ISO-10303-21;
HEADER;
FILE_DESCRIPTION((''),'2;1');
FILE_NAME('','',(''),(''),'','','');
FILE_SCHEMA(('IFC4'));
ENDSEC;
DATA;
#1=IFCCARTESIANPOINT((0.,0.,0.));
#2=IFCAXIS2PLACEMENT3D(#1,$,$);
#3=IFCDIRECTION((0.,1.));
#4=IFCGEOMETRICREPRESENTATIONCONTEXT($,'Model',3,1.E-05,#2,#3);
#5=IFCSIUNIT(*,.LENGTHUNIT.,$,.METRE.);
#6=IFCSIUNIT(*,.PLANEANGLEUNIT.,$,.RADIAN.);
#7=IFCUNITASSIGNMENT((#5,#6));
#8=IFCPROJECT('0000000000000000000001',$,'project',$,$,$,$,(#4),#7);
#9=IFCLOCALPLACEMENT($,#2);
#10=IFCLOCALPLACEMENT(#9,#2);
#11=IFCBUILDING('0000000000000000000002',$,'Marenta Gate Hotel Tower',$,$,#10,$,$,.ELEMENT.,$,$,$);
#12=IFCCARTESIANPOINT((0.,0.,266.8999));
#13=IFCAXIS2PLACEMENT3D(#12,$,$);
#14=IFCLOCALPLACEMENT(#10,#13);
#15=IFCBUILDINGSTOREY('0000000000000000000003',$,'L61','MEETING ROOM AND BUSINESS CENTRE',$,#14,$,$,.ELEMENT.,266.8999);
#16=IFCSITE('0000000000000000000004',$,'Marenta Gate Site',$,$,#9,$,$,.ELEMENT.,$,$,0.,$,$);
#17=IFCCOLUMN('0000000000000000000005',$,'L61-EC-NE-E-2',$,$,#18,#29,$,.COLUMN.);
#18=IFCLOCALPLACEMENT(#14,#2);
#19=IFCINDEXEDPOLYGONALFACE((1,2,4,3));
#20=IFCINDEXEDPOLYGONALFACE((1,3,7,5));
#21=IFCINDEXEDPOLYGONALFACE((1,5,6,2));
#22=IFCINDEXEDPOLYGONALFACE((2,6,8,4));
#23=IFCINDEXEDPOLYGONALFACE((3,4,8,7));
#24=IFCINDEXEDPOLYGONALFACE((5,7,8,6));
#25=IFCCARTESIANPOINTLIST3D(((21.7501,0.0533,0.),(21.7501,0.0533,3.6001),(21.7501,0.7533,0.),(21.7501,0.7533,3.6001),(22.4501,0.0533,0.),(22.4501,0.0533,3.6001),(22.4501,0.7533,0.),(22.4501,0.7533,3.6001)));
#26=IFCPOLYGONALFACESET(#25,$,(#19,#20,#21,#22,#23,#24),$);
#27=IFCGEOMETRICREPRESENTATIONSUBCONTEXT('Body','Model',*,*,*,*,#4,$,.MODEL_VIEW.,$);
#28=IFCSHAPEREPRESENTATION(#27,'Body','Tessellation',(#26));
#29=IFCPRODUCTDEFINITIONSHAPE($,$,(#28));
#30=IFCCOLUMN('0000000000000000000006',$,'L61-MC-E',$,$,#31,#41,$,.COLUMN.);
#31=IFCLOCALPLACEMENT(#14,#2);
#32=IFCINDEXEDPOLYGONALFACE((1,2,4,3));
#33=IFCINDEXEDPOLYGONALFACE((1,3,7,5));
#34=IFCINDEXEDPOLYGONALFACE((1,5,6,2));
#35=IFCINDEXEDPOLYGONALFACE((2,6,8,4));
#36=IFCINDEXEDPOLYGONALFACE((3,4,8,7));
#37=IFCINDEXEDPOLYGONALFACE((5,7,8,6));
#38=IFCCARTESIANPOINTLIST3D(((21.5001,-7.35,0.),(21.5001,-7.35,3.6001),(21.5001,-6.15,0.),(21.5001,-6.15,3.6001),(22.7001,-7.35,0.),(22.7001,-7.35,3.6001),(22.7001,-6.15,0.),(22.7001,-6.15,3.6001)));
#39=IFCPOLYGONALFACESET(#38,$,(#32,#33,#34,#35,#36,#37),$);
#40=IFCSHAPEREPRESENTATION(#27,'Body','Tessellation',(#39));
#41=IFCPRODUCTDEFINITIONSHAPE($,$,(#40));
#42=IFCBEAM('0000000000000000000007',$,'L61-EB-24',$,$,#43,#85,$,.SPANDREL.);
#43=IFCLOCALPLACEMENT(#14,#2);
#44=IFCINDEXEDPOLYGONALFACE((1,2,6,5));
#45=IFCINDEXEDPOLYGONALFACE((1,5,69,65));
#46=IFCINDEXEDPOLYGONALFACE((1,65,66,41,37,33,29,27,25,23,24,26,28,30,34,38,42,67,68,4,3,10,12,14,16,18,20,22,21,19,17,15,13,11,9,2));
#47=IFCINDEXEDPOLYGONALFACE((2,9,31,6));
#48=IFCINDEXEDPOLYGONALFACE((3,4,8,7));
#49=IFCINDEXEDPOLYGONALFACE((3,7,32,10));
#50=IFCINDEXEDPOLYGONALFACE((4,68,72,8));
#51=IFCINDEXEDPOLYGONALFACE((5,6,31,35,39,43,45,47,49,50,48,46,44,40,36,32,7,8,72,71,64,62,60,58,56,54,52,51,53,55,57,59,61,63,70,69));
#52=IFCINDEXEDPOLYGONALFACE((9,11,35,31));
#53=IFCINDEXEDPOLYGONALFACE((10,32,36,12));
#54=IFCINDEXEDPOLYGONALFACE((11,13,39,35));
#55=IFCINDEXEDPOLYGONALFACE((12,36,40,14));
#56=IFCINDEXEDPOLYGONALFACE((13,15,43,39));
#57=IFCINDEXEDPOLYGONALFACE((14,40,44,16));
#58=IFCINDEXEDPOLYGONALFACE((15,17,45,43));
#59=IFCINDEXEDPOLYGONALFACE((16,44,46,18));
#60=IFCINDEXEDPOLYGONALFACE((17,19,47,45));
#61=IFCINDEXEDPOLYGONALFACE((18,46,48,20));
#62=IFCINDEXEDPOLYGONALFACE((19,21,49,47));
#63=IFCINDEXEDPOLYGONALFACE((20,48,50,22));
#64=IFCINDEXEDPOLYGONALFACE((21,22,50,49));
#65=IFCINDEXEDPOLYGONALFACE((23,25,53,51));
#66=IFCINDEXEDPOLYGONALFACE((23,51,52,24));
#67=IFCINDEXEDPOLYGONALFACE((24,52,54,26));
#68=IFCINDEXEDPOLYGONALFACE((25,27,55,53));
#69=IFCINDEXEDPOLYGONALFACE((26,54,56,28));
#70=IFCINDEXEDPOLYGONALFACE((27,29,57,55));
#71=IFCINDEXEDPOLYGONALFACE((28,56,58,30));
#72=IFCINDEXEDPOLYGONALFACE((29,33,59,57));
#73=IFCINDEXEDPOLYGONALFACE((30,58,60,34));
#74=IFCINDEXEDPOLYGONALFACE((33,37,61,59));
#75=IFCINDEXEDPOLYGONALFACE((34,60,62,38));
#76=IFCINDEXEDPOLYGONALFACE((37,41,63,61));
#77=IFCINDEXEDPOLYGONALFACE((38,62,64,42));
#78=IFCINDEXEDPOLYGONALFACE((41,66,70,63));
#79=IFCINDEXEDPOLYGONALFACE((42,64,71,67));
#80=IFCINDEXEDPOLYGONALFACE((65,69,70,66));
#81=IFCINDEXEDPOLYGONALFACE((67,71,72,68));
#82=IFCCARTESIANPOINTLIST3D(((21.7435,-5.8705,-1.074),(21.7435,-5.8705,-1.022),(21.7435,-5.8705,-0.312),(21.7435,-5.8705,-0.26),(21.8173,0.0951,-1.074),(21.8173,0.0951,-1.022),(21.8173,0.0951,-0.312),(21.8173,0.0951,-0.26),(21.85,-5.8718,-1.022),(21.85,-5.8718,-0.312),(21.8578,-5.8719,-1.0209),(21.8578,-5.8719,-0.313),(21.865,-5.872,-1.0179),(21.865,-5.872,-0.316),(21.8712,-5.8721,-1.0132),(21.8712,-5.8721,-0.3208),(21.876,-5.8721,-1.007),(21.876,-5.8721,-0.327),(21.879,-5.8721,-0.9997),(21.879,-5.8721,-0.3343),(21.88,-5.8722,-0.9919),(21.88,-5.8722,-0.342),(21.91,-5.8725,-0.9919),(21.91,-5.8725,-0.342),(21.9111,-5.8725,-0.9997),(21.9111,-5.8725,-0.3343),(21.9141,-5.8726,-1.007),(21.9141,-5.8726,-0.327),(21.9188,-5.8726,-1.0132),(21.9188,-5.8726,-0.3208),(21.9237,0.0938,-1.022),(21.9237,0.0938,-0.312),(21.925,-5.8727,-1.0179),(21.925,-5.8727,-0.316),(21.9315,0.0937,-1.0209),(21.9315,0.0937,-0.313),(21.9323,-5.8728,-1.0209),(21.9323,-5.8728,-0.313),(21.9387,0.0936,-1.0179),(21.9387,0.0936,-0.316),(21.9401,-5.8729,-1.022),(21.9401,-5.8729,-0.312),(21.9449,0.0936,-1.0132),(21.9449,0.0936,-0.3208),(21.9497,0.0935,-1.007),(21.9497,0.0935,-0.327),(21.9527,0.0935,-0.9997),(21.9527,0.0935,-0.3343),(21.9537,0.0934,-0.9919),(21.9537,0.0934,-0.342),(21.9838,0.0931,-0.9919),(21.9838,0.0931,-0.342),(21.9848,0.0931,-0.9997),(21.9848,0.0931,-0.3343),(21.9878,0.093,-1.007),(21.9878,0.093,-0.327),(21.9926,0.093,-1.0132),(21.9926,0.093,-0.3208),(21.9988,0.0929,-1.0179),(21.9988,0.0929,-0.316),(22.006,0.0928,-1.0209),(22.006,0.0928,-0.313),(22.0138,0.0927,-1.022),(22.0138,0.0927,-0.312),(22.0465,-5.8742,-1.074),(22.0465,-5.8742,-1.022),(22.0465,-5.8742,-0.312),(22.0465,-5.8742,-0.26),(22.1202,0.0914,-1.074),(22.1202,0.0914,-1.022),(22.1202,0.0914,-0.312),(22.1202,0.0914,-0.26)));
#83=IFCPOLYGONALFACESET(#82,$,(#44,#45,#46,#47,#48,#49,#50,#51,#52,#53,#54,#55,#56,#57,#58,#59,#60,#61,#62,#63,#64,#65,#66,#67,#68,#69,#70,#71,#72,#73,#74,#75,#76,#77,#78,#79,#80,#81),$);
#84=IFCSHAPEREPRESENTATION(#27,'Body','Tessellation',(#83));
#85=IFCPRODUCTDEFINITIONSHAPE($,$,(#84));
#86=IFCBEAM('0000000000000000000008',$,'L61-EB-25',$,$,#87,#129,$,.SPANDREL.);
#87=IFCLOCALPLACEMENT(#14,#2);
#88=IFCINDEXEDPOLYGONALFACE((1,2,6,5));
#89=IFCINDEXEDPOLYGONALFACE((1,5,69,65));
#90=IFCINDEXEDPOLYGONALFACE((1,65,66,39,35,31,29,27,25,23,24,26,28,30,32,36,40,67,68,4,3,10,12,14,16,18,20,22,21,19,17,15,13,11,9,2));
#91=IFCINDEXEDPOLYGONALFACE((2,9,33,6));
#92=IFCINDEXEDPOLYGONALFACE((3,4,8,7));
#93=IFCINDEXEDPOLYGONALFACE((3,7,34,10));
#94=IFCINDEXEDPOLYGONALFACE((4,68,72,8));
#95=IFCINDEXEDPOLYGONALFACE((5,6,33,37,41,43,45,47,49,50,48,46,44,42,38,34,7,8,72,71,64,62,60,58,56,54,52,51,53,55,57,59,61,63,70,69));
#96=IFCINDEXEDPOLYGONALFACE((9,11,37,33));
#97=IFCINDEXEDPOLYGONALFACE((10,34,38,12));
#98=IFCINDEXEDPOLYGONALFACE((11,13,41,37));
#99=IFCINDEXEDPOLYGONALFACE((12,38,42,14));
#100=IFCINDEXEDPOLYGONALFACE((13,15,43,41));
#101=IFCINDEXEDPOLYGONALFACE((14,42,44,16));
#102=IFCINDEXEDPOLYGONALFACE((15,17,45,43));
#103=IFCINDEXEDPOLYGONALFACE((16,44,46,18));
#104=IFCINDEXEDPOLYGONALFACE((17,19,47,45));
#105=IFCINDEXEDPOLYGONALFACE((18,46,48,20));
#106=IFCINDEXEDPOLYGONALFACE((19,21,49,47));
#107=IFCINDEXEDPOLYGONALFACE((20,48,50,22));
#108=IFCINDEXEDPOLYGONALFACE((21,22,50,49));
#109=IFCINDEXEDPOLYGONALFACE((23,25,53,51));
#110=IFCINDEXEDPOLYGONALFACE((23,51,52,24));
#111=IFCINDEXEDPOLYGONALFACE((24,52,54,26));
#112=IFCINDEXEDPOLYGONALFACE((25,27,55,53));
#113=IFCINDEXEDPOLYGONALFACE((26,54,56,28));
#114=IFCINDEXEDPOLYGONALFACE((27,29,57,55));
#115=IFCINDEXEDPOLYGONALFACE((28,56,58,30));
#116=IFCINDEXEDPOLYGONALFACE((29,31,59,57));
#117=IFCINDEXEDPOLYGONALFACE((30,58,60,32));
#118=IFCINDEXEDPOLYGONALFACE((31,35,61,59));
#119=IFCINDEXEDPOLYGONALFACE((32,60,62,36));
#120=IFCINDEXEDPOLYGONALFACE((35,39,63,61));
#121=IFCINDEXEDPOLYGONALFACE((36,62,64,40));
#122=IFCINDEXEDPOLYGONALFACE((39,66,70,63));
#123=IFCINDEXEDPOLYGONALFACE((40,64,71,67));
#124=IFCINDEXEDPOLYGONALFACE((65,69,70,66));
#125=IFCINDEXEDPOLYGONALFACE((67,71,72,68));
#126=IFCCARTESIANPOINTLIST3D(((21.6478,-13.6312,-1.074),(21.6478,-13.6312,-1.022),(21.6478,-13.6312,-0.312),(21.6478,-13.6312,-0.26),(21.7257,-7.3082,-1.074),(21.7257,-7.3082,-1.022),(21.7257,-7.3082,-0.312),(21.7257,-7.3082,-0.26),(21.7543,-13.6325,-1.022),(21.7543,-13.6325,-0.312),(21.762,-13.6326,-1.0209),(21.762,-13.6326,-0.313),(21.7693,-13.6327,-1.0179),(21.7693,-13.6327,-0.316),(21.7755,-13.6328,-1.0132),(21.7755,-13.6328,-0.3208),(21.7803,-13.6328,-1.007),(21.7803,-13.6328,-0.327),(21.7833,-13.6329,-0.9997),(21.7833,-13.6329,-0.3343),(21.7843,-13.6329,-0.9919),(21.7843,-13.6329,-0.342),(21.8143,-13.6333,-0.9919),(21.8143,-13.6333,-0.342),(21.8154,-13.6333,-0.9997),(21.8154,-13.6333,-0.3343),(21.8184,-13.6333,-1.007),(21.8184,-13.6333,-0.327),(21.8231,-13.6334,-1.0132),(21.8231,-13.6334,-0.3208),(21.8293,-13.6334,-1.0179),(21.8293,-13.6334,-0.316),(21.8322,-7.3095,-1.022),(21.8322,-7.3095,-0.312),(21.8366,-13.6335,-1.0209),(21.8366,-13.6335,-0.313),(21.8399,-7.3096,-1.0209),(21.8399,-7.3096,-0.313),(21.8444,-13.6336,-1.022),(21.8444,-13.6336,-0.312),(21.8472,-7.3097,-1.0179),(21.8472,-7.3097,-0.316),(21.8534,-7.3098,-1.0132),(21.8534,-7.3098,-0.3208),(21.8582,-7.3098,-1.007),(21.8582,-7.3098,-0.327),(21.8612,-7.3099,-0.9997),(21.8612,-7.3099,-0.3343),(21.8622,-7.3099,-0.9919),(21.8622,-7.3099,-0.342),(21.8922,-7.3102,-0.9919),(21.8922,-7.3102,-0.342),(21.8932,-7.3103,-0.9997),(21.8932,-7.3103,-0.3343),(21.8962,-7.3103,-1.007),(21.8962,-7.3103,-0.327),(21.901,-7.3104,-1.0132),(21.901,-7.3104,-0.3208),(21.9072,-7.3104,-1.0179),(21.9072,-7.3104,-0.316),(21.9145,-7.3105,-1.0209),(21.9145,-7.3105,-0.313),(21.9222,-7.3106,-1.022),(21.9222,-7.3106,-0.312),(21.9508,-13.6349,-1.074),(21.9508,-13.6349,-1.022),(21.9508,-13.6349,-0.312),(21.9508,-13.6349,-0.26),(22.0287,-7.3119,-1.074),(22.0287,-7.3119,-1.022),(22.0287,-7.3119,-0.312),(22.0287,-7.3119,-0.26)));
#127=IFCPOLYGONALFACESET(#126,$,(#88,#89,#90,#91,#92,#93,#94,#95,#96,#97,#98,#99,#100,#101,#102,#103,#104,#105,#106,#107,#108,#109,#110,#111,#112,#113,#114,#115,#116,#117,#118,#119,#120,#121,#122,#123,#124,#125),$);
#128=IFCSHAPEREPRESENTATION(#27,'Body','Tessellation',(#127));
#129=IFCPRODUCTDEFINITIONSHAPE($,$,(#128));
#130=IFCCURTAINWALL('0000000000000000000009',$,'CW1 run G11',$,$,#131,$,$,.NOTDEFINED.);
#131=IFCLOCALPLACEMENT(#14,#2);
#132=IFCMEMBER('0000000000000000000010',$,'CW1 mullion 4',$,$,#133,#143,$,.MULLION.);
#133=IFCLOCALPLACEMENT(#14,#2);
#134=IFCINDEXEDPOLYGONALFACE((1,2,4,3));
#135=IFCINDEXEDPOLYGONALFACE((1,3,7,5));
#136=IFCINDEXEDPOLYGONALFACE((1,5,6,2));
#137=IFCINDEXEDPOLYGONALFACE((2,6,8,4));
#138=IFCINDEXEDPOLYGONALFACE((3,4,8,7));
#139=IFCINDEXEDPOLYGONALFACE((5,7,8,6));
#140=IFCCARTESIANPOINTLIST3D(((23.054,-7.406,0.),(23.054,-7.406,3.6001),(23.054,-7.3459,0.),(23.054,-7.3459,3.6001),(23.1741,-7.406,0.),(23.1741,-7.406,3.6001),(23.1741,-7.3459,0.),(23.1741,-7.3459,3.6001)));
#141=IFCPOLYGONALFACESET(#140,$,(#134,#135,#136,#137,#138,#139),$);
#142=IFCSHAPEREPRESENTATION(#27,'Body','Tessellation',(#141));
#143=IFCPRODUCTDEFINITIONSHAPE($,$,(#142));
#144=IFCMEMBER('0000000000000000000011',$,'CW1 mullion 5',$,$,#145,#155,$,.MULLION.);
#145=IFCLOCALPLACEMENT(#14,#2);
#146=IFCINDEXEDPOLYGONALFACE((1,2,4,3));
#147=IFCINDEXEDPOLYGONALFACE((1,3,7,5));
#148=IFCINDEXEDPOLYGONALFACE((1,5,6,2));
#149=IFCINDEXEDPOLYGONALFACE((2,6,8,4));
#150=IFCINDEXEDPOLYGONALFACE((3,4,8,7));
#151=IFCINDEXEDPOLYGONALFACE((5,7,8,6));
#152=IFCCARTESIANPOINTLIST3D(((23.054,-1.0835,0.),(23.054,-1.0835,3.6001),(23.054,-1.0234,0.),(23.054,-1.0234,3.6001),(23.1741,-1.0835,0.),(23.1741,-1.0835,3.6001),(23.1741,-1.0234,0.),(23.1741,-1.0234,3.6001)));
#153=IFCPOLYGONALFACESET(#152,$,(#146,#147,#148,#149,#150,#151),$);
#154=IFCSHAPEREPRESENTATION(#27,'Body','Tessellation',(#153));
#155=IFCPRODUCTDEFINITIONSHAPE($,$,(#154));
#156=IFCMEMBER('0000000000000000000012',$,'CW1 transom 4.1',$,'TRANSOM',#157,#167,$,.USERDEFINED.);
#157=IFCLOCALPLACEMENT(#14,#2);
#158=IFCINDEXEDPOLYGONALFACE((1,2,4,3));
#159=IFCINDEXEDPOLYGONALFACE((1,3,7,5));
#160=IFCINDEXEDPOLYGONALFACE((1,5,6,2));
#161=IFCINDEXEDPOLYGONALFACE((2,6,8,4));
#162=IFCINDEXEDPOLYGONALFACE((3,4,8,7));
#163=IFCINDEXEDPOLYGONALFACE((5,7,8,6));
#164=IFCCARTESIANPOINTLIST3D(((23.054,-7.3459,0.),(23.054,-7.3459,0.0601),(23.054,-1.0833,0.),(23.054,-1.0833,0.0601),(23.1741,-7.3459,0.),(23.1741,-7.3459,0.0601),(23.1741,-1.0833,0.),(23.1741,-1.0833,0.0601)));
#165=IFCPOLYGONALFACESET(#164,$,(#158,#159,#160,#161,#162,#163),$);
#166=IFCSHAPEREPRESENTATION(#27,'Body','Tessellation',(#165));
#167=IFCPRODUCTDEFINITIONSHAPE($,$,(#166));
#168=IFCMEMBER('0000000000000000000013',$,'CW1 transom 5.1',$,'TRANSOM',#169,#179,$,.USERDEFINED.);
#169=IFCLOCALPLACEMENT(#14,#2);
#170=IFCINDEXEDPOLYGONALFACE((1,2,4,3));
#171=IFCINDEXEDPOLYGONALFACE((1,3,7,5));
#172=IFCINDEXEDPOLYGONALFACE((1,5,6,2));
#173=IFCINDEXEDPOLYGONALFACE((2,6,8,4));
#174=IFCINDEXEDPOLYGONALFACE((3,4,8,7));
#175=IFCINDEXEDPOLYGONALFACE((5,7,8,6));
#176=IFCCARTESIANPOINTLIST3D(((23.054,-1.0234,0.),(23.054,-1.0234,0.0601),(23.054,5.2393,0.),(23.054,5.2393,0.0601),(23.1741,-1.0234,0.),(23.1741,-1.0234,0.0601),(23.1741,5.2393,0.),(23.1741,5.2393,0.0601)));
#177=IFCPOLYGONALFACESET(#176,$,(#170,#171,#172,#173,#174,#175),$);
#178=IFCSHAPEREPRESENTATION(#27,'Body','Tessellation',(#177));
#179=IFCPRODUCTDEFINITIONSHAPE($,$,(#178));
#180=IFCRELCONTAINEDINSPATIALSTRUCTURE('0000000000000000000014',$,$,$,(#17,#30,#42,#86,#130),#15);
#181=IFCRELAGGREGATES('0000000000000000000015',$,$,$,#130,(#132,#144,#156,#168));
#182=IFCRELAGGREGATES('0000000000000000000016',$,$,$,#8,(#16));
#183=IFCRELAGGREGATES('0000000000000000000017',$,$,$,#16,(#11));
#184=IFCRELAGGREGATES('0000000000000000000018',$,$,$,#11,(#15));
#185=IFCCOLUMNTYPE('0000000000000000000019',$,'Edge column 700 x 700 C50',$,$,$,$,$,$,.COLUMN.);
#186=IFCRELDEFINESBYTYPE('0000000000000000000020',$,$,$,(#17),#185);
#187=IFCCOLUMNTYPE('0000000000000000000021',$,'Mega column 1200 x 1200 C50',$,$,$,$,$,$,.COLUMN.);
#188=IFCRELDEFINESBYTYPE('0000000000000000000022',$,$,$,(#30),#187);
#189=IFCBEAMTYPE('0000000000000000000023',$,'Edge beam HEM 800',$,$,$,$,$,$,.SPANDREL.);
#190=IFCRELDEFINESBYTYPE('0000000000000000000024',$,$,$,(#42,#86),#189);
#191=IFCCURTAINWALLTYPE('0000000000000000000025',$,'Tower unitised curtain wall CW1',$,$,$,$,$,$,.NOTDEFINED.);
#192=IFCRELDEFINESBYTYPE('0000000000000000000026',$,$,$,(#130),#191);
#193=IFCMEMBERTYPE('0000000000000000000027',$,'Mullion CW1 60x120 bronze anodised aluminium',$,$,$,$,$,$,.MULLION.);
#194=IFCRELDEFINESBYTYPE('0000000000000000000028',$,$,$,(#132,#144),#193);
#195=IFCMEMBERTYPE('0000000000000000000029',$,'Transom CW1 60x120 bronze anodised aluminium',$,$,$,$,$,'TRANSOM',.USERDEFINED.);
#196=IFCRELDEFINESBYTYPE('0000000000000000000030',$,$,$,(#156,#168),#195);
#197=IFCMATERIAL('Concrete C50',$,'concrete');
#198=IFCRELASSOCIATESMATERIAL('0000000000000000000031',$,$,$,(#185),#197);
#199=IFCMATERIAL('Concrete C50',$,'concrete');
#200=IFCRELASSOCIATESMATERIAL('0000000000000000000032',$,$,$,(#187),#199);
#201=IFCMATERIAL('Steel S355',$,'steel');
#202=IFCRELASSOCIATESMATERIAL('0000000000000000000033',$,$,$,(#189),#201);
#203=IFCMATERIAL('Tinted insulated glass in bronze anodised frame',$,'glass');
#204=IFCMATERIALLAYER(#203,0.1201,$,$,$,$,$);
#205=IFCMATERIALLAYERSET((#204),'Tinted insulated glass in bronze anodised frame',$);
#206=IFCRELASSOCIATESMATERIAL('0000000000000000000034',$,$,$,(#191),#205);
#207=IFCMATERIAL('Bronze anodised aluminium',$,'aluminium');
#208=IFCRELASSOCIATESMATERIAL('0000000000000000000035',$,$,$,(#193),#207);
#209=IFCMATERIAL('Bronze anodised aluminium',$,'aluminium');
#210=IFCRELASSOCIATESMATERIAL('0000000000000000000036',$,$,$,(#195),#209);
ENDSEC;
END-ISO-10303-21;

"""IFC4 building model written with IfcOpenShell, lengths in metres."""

from ifc_helpers import new_model, si_unit, direction, frame, origin, origin_2d, place, context, subcontext, project, spatial, rectangle, i_section, extrude, material, layer, layer_set, material_profile, profile_set, type_object, element, aggregate, save


model = new_model("IFC4")

# Units and contexts
model_context = context("Model", 3, precision=1e-05, world=origin(), true_north=direction((0.0, 1.0)))
body_context = subcontext(model_context, "Body", "Model", "MODEL_VIEW")
ifc_project = project(units=[si_unit("LENGTHUNIT", "METRE"), si_unit("PLANEANGLEUNIT", "RADIAN")], contexts=[model_context])

# Site, building, storey
site_placement = place(None, origin())
site = spatial("IfcSite", under=ifc_project, at=site_placement, Name="Marenta Gate Site", CompositionType="ELEMENT", RefElevation=0.0)
building_placement = place(site_placement, origin())
building = spatial("IfcBuilding", under=site, at=building_placement, Name="Marenta Gate Hotel Tower", CompositionType="ELEMENT")
storey_placement = place(building_placement, frame((0.0, 0.0, 266.8999)))
storey = spatial("IfcBuildingStorey", under=building, at=storey_placement, Name="L61", Description="MEETING ROOM AND BUSINESS CENTRE", CompositionType="ELEMENT", Elevation=266.8999)

# Columns
ifc_material_1 = material(Name="Concrete C50", Category="concrete")
ifc_material_profile_1 = material_profile(ifc_material_1, rectangle(XDim=0.7, YDim=0.7, at=origin_2d()), Name="700 x 700")
ifc_profile_set_1 = profile_set([ifc_material_profile_1], Name="Concrete C50")
column_type_1 = type_object("IfcColumnType", Name="Edge column 700 x 700 C50", PredefinedType="COLUMN", material=ifc_profile_set_1)
column_1_placement = place(storey_placement, frame((22.1001, 0.4033, 0.0), z_axis=(0.0, 0.0, 1.0), x_axis=(1.0, 0.0, 0.0)))
element("IfcColumn", 1, at=column_1_placement, inside=storey, type_object=column_type_1, Name="L61-EC-NE-E-2", PredefinedType="COLUMN", context=body_context, shape_type="SweptSolid", body=[
    extrude(rectangle(XDim=0.7, YDim=0.7, at=origin_2d()), origin(), (0.0, 0.0, 1.0), 3.6001),
])
ifc_material_2 = material(Name="Concrete C50", Category="concrete")
ifc_material_profile_2 = material_profile(ifc_material_2, rectangle(XDim=1.2, YDim=1.2, at=origin_2d()), Name="1200 x 1200")
ifc_profile_set_2 = profile_set([ifc_material_profile_2], Name="Concrete C50")
column_type_2 = type_object("IfcColumnType", Name="Mega column 1200 x 1200 C50", PredefinedType="COLUMN", material=ifc_profile_set_2)
column_2_placement = place(storey_placement, frame((22.1001, -6.75, 0.0), z_axis=(0.0, 0.0, 1.0), x_axis=(1.0, 0.0, 0.0)))
element("IfcColumn", 2, at=column_2_placement, inside=storey, type_object=column_type_2, Name="L61-MC-E", PredefinedType="COLUMN", context=body_context, shape_type="SweptSolid", body=[
    extrude(rectangle(XDim=1.2, YDim=1.2, at=origin_2d()), origin(), (0.0, 0.0, 1.0), 3.6001),
])

# Beams
ifc_material_3 = material(Name="Steel S355", Category="steel")
ifc_material_profile_3 = material_profile(ifc_material_3, i_section(OverallWidth=0.303, OverallDepth=0.814, WebThickness=0.03, FlangeThickness=0.052, FilletRadius=0.03, at=origin_2d()), Name="HEM 800")
ifc_profile_set_3 = profile_set([ifc_material_profile_3], Name="Steel S355")
beam_type = type_object("IfcBeamType", Name="Edge beam HEM 800", PredefinedType="SPANDREL", material=ifc_profile_set_3)
beam_1_placement = place(storey_placement, frame((21.9688, 0.0933, -0.667), z_axis=(-0.012358, -0.999924, 0.0), x_axis=(0.999924, -0.012358, 0.0)))
element("IfcBeam", 3, at=beam_1_placement, inside=storey, type_object=beam_type, Name="L61-EB-24", PredefinedType="SPANDREL", context=body_context, shape_type="SweptSolid", body=[
    extrude(i_section(OverallWidth=0.303, OverallDepth=0.814, WebThickness=0.03, FlangeThickness=0.052, FilletRadius=0.03, at=origin_2d()), origin(), (0.0, 0.0, 1.0), 5.9661),
])
beam_2_placement = place(storey_placement, frame((21.8772, -7.3101, -0.667), z_axis=(-0.012316, -0.999924, 0.0), x_axis=(0.999924, -0.012316, 0.0)))
element("IfcBeam", 4, at=beam_2_placement, inside=storey, type_object=beam_type, Name="L61-EB-25", PredefinedType="SPANDREL", context=body_context, shape_type="SweptSolid", body=[
    extrude(i_section(OverallWidth=0.303, OverallDepth=0.814, WebThickness=0.03, FlangeThickness=0.052, FilletRadius=0.03, at=origin_2d()), origin(), (0.0, 0.0, 1.0), 6.3235),
])

# Curtain wall, members
ifc_material_4 = material(Name="Tinted insulated glass in bronze anodised frame", Category="glass")
ifc_layer_1 = layer(ifc_material_4, 0.1201)
ifc_layer_set_1 = layer_set([ifc_layer_1], Name="Tinted insulated glass in bronze anodised frame")
curtain_wall_type = type_object("IfcCurtainWallType", Name="Tower unitised curtain wall CW1", PredefinedType="NOTDEFINED", material=ifc_layer_set_1)
curtain_wall_placement = place(storey_placement, origin())
curtain_wall = element("IfcCurtainWall", 5, at=curtain_wall_placement, inside=storey, type_object=curtain_wall_type, Name="CW1 run G11", PredefinedType="NOTDEFINED")
ifc_material_5 = material(Name="Bronze anodised aluminium", Category="aluminium")
ifc_material_profile_4 = material_profile(ifc_material_5, rectangle(XDim=0.1201, YDim=0.0601, at=origin_2d()), Name="Mullion CW1 60x120 bronze anodised aluminium")
ifc_profile_set_4 = profile_set([ifc_material_profile_4], Name="Bronze anodised aluminium")
member_type_1 = type_object("IfcMemberType", Name="Mullion CW1 60x120 bronze anodised aluminium", PredefinedType="MULLION", material=ifc_profile_set_4)
member_1_placement = place(storey_placement, frame((23.114, -7.376, 0.0), z_axis=(0.0, 0.0, 1.0), x_axis=(-1.0, 0.0, 0.0)))
member_1 = element("IfcMember", 6, at=member_1_placement, type_object=member_type_1, Name="CW1 mullion 4", PredefinedType="MULLION", context=body_context, shape_type="SweptSolid", body=[
    extrude(rectangle(XDim=0.1201, YDim=0.0601, at=origin_2d()), origin(), (0.0, 0.0, 1.0), 3.6001),
])
member_2_placement = place(storey_placement, frame((23.114, -1.0535, 0.0), z_axis=(0.0, 0.0, 1.0), x_axis=(-1.0, 0.0, 0.0)))
member_2 = element("IfcMember", 7, at=member_2_placement, type_object=member_type_1, Name="CW1 mullion 5", PredefinedType="MULLION", context=body_context, shape_type="SweptSolid", body=[
    extrude(rectangle(XDim=0.1201, YDim=0.0601, at=origin_2d()), origin(), (0.0, 0.0, 1.0), 3.6001),
])
ifc_material_6 = material(Name="Bronze anodised aluminium", Category="aluminium")
ifc_material_profile_5 = material_profile(ifc_material_6, rectangle(XDim=0.1201, YDim=0.0601, at=origin_2d()), Name="Transom CW1 60x120 bronze anodised aluminium")
ifc_profile_set_5 = profile_set([ifc_material_profile_5], Name="Bronze anodised aluminium")
member_type_2 = type_object("IfcMemberType", Name="Transom CW1 60x120 bronze anodised aluminium", ElementType="TRANSOM", PredefinedType="USERDEFINED", material=ifc_profile_set_5)
member_3_placement = place(storey_placement, frame((23.114, -7.3459, 0.03), z_axis=(0.0, 1.0, 0.0), x_axis=(-1.0, 0.0, 0.0)))
member_3 = element("IfcMember", 8, at=member_3_placement, type_object=member_type_2, Name="CW1 transom 4.1", ObjectType="TRANSOM", PredefinedType="USERDEFINED", context=body_context, shape_type="SweptSolid", body=[
    extrude(rectangle(XDim=0.1201, YDim=0.0601, at=origin_2d()), origin(), (0.0, 0.0, 1.0), 6.2627),
])
member_4_placement = place(storey_placement, frame((23.114, -1.0234, 0.03), z_axis=(0.0, 1.0, 0.0), x_axis=(-1.0, 0.0, 0.0)))
member_4 = element("IfcMember", 9, at=member_4_placement, type_object=member_type_2, Name="CW1 transom 5.1", ObjectType="TRANSOM", PredefinedType="USERDEFINED", context=body_context, shape_type="SweptSolid", body=[
    extrude(rectangle(XDim=0.1201, YDim=0.0601, at=origin_2d()), origin(), (0.0, 0.0, 1.0), 6.2627),
])
aggregate(curtain_wall, [member_1, member_2, member_3, member_4])

save(model, "model.ifc")
